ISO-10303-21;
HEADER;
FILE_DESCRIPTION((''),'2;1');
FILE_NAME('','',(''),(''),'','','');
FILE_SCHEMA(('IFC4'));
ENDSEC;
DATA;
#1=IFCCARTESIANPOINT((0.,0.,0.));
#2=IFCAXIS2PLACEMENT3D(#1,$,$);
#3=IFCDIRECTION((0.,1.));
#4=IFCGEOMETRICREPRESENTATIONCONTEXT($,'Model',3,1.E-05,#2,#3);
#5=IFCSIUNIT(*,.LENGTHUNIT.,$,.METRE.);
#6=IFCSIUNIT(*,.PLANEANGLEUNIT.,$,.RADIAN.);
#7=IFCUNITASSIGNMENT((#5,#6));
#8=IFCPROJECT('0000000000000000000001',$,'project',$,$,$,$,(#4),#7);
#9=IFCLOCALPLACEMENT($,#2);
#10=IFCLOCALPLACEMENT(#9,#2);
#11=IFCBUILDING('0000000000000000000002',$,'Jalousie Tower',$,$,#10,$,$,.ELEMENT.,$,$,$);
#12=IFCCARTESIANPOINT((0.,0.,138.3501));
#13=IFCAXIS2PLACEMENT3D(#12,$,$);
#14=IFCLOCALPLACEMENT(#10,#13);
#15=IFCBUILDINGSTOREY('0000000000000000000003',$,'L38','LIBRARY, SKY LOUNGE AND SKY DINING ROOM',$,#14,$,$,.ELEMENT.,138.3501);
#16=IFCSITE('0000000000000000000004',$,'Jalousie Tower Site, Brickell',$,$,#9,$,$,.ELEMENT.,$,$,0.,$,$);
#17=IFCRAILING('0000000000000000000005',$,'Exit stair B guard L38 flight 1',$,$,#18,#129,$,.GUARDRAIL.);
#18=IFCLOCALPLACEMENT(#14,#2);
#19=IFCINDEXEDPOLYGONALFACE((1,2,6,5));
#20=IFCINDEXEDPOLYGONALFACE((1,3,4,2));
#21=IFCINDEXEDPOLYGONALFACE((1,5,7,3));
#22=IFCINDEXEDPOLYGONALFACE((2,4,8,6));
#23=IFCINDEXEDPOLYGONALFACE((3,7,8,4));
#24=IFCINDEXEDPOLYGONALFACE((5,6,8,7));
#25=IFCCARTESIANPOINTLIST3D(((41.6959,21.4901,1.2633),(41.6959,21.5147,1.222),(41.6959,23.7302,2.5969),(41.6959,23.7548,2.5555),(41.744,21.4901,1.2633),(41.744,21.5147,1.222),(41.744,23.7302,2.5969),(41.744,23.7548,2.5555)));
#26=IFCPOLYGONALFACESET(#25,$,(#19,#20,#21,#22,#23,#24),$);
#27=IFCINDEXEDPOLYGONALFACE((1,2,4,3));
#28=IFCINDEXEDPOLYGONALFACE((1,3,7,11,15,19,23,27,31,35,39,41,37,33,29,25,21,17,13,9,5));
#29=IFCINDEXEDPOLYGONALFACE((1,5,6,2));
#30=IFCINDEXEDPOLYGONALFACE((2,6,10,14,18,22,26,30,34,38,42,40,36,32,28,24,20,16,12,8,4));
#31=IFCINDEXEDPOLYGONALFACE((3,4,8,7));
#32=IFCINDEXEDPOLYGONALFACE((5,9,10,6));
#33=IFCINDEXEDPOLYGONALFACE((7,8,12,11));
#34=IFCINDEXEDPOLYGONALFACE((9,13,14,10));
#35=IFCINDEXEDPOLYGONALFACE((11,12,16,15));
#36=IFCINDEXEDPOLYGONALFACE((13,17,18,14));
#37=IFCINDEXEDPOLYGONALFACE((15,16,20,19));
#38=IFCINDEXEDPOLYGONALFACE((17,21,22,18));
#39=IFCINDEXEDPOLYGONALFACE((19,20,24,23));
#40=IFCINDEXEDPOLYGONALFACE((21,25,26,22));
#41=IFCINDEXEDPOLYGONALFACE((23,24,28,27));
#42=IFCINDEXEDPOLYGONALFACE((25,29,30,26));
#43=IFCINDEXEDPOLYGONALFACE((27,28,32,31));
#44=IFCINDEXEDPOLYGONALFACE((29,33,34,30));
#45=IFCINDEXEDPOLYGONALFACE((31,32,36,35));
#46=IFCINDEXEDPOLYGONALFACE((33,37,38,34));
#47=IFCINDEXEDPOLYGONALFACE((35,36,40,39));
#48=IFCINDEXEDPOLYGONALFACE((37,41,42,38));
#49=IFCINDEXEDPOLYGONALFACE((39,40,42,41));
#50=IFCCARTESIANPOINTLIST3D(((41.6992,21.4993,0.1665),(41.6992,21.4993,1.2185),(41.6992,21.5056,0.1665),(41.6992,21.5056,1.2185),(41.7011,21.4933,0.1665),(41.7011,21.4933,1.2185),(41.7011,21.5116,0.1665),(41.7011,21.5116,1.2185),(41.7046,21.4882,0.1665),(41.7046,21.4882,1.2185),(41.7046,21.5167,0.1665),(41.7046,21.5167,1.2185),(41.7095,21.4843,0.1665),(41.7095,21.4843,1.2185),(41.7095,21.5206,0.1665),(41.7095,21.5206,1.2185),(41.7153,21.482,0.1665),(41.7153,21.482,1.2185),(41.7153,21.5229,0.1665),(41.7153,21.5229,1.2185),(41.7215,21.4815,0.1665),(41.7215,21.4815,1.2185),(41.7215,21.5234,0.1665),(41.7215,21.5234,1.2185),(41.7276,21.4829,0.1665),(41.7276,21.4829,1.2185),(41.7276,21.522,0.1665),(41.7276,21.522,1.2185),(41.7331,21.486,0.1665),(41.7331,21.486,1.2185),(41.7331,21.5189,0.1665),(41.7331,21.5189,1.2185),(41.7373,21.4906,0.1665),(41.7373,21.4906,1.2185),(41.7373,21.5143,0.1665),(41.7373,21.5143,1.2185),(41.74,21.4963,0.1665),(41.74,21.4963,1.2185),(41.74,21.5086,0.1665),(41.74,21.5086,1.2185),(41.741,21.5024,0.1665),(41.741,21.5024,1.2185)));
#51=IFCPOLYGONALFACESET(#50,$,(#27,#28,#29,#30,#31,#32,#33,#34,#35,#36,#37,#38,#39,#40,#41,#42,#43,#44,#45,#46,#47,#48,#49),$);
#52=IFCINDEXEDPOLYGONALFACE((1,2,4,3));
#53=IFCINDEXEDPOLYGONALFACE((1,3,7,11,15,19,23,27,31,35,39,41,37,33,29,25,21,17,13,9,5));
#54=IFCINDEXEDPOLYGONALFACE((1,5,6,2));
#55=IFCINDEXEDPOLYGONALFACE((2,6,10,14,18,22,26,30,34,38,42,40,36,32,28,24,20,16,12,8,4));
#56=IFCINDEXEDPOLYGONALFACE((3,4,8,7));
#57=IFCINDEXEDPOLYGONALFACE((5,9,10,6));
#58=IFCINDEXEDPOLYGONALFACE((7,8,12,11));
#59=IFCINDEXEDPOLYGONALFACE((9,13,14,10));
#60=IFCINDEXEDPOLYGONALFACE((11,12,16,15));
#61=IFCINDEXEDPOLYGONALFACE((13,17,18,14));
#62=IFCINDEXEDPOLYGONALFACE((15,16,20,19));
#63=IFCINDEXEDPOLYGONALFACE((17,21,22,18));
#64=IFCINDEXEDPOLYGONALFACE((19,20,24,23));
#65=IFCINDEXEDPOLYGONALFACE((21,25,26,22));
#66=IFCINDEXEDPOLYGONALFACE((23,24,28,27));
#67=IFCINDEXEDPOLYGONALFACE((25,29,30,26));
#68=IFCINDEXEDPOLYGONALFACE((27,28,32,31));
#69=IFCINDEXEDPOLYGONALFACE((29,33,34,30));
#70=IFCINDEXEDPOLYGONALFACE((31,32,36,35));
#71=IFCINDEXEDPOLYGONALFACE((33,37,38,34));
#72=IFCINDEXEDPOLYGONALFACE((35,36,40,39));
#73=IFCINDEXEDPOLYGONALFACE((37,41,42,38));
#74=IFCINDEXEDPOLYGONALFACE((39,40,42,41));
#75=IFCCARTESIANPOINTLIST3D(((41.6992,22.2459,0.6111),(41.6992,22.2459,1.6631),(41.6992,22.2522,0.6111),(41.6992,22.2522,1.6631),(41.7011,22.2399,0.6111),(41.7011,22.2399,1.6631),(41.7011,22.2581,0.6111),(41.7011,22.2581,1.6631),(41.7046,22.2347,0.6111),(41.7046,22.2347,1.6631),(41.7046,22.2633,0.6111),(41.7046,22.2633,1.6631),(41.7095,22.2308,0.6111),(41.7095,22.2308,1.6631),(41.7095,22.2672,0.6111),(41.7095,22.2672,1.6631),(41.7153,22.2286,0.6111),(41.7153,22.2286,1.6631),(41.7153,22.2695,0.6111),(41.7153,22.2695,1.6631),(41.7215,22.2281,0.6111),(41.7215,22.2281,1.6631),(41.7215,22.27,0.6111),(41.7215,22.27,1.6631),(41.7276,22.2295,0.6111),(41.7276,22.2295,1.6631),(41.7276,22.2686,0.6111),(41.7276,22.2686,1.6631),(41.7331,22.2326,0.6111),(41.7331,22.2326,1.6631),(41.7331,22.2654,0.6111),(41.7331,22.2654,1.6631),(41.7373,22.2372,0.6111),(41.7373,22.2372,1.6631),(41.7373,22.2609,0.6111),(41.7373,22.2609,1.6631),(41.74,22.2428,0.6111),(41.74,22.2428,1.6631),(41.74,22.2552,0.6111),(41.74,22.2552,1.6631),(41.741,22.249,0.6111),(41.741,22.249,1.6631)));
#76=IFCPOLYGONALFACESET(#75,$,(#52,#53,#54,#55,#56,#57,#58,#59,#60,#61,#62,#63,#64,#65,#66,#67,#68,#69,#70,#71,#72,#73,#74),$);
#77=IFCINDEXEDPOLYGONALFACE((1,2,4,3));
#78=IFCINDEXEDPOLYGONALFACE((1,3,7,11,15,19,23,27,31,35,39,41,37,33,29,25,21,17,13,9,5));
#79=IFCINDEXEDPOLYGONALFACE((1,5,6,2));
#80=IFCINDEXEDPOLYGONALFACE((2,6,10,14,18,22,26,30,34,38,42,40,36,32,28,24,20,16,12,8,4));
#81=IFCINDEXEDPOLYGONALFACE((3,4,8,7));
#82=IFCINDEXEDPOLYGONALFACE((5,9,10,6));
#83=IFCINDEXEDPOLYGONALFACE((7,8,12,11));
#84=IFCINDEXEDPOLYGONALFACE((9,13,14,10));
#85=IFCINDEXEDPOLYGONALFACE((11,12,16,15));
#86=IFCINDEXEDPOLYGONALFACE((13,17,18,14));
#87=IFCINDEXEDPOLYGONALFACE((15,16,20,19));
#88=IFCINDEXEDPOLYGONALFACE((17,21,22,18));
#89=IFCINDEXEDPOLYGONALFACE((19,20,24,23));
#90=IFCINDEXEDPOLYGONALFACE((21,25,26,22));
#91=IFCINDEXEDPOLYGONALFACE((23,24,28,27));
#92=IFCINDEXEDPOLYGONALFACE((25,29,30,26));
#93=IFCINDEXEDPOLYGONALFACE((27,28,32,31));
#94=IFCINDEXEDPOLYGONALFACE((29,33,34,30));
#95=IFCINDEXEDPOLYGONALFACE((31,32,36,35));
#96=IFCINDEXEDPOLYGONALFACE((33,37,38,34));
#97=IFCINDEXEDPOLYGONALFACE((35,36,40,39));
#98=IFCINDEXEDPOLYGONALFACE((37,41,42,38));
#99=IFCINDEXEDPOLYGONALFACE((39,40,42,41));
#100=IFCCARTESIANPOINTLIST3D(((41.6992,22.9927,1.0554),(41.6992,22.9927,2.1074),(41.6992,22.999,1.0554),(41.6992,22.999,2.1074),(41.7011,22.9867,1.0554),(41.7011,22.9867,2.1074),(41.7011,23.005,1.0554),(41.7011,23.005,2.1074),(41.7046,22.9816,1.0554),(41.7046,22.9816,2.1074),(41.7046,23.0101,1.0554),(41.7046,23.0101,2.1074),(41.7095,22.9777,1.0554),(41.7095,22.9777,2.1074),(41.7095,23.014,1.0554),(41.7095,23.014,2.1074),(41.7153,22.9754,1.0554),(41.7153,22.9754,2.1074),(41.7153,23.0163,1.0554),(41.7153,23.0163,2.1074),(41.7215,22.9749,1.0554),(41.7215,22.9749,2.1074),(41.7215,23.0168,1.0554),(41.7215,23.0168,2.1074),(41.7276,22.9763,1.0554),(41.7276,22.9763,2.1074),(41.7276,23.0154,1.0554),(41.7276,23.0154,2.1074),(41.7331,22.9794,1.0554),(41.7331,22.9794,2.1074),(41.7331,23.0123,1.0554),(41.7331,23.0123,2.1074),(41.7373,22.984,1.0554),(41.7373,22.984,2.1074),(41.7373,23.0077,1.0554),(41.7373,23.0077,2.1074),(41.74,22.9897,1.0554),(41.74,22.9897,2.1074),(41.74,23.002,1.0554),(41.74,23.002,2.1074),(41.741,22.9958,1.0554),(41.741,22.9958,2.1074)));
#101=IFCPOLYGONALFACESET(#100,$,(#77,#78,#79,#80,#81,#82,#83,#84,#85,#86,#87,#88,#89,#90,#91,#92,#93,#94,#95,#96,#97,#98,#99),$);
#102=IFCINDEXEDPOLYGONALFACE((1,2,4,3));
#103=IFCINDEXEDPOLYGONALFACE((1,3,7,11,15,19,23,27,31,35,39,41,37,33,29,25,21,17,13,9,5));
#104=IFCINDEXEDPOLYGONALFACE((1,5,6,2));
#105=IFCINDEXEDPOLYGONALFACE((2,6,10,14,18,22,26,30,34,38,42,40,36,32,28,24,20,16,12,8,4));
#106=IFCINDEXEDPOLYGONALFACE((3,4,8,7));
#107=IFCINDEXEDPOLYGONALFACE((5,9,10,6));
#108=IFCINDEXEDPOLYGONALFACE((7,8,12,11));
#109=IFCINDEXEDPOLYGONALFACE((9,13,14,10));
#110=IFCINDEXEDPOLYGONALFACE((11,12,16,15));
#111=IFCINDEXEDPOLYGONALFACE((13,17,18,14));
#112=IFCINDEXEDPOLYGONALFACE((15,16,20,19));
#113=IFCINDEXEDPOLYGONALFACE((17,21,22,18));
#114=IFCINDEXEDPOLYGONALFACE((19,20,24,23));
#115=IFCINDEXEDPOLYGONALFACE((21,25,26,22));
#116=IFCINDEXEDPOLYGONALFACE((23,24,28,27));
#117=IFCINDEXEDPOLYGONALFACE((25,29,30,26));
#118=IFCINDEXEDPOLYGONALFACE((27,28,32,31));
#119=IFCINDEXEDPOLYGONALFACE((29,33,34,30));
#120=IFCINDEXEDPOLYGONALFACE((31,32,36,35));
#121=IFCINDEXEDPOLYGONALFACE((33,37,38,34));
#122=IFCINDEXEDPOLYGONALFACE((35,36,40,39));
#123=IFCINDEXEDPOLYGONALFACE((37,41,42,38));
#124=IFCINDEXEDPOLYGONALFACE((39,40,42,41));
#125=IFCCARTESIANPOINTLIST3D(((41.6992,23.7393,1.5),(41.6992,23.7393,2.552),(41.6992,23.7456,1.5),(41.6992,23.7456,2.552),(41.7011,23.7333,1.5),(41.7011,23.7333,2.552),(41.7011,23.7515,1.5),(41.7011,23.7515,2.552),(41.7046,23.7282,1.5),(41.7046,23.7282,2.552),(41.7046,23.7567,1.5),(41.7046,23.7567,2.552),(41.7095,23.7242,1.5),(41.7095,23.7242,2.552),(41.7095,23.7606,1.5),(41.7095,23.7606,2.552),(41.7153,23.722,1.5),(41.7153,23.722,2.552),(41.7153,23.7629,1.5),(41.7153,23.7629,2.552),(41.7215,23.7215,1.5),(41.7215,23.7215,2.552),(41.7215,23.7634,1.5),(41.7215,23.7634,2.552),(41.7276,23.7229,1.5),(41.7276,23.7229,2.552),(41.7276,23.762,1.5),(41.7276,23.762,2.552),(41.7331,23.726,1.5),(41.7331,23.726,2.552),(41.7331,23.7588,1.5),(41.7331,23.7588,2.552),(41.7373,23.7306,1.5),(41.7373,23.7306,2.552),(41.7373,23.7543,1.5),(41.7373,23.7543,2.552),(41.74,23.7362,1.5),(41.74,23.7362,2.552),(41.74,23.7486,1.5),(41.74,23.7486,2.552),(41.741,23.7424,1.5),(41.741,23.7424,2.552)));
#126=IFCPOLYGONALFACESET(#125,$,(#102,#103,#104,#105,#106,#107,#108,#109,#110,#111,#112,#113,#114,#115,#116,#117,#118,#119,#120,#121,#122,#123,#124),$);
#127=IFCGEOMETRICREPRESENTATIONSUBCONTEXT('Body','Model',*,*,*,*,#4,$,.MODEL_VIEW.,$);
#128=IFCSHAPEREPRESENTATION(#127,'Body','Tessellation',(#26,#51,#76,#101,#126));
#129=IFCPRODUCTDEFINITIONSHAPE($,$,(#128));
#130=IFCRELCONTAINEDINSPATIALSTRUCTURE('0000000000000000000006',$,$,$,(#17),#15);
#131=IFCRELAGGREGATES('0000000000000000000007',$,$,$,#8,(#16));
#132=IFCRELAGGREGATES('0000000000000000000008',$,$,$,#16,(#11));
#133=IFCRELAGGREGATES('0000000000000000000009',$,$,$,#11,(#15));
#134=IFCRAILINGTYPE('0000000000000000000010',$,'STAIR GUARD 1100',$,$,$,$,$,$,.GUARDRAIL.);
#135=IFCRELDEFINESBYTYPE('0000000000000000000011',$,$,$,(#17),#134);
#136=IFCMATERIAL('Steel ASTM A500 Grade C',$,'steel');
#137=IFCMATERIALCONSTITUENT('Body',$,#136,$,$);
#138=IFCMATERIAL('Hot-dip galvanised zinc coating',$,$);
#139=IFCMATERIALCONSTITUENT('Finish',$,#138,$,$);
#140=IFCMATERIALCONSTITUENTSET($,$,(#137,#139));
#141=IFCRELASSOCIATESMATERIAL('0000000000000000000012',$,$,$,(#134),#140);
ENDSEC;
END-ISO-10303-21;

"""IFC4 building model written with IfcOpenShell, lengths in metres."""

from ifc_helpers import new_model, si_unit, direction, frame, origin, origin_2d, place, context, subcontext, project, spatial, rectangle, circle, extrude, material, constituent, constituent_set, type_object, element, save


model = new_model("IFC4")

# Units and contexts
model_context = context("Model", 3, precision=1e-05, world=origin(), true_north=direction((0.0, 1.0)))
body_context = subcontext(model_context, "Body", "Model", "MODEL_VIEW")
ifc_project = project(units=[si_unit("LENGTHUNIT", "METRE"), si_unit("PLANEANGLEUNIT", "RADIAN")], contexts=[model_context])

# Site, building, storey
site_placement = place(None, origin())
site = spatial("IfcSite", under=ifc_project, at=site_placement, Name="Jalousie Tower Site, Brickell", CompositionType="ELEMENT", RefElevation=0.0)
building_placement = place(site_placement, origin())
building = spatial("IfcBuilding", under=site, at=building_placement, Name="Jalousie Tower", CompositionType="ELEMENT")
storey_placement = place(building_placement, frame((0.0, 0.0, 138.3501)))
storey = spatial("IfcBuildingStorey", under=building, at=storey_placement, Name="L38", Description="LIBRARY, SKY LOUNGE AND SKY DINING ROOM", CompositionType="ELEMENT", Elevation=138.3501)

# Railing
ifc_material_1 = material(Name="Steel ASTM A500 Grade C", Category="steel")
ifc_constituent_1 = constituent(ifc_material_1, Name="Body")
ifc_material_2 = material(Name="Hot-dip galvanised zinc coating")
ifc_constituent_2 = constituent(ifc_material_2, Name="Finish")
ifc_constituent_set_1 = constituent_set(constituents=[ifc_constituent_1, ifc_constituent_2])
railing_type_1 = type_object("IfcRailingType", Name="STAIR GUARD 1100", PredefinedType="GUARDRAIL", material=ifc_constituent_set_1)
railing_1_placement = place(storey_placement, frame((41.72, 21.5024, 0.1665)))
element("IfcRailing", 1, at=railing_1_placement, inside=storey, type_object=railing_type_1, Name="Exit stair B guard L38 flight 1", PredefinedType="GUARDRAIL", context=body_context, shape_type="SweptSolid", body=[
    extrude(rectangle(XDim=0.0481, YDim=0.0481, at=origin_2d()), frame((0.0, 0.0, 1.0762), z_axis=(0.0, 0.859264, 0.511532), x_axis=(-1.0, 0.0, 0.0)), (0.0, 0.0, 1.0), 2.6069),
    extrude(circle(Radius=0.021, at=origin_2d()), origin(), (0.0, 0.0, 1.0), 1.052),
    extrude(circle(Radius=0.021, at=origin_2d()), frame((0.0, 0.7466, 0.4446)), (0.0, 0.0, 1.0), 1.052),
    extrude(circle(Radius=0.021, at=origin_2d()), frame((0.0, 1.4934, 0.8889)), (0.0, 0.0, 1.0), 1.052),
    extrude(circle(Radius=0.021, at=origin_2d()), frame((0.0, 2.24, 1.3335)), (0.0, 0.0, 1.0), 1.052),
])

save(model, "model.ifc")
